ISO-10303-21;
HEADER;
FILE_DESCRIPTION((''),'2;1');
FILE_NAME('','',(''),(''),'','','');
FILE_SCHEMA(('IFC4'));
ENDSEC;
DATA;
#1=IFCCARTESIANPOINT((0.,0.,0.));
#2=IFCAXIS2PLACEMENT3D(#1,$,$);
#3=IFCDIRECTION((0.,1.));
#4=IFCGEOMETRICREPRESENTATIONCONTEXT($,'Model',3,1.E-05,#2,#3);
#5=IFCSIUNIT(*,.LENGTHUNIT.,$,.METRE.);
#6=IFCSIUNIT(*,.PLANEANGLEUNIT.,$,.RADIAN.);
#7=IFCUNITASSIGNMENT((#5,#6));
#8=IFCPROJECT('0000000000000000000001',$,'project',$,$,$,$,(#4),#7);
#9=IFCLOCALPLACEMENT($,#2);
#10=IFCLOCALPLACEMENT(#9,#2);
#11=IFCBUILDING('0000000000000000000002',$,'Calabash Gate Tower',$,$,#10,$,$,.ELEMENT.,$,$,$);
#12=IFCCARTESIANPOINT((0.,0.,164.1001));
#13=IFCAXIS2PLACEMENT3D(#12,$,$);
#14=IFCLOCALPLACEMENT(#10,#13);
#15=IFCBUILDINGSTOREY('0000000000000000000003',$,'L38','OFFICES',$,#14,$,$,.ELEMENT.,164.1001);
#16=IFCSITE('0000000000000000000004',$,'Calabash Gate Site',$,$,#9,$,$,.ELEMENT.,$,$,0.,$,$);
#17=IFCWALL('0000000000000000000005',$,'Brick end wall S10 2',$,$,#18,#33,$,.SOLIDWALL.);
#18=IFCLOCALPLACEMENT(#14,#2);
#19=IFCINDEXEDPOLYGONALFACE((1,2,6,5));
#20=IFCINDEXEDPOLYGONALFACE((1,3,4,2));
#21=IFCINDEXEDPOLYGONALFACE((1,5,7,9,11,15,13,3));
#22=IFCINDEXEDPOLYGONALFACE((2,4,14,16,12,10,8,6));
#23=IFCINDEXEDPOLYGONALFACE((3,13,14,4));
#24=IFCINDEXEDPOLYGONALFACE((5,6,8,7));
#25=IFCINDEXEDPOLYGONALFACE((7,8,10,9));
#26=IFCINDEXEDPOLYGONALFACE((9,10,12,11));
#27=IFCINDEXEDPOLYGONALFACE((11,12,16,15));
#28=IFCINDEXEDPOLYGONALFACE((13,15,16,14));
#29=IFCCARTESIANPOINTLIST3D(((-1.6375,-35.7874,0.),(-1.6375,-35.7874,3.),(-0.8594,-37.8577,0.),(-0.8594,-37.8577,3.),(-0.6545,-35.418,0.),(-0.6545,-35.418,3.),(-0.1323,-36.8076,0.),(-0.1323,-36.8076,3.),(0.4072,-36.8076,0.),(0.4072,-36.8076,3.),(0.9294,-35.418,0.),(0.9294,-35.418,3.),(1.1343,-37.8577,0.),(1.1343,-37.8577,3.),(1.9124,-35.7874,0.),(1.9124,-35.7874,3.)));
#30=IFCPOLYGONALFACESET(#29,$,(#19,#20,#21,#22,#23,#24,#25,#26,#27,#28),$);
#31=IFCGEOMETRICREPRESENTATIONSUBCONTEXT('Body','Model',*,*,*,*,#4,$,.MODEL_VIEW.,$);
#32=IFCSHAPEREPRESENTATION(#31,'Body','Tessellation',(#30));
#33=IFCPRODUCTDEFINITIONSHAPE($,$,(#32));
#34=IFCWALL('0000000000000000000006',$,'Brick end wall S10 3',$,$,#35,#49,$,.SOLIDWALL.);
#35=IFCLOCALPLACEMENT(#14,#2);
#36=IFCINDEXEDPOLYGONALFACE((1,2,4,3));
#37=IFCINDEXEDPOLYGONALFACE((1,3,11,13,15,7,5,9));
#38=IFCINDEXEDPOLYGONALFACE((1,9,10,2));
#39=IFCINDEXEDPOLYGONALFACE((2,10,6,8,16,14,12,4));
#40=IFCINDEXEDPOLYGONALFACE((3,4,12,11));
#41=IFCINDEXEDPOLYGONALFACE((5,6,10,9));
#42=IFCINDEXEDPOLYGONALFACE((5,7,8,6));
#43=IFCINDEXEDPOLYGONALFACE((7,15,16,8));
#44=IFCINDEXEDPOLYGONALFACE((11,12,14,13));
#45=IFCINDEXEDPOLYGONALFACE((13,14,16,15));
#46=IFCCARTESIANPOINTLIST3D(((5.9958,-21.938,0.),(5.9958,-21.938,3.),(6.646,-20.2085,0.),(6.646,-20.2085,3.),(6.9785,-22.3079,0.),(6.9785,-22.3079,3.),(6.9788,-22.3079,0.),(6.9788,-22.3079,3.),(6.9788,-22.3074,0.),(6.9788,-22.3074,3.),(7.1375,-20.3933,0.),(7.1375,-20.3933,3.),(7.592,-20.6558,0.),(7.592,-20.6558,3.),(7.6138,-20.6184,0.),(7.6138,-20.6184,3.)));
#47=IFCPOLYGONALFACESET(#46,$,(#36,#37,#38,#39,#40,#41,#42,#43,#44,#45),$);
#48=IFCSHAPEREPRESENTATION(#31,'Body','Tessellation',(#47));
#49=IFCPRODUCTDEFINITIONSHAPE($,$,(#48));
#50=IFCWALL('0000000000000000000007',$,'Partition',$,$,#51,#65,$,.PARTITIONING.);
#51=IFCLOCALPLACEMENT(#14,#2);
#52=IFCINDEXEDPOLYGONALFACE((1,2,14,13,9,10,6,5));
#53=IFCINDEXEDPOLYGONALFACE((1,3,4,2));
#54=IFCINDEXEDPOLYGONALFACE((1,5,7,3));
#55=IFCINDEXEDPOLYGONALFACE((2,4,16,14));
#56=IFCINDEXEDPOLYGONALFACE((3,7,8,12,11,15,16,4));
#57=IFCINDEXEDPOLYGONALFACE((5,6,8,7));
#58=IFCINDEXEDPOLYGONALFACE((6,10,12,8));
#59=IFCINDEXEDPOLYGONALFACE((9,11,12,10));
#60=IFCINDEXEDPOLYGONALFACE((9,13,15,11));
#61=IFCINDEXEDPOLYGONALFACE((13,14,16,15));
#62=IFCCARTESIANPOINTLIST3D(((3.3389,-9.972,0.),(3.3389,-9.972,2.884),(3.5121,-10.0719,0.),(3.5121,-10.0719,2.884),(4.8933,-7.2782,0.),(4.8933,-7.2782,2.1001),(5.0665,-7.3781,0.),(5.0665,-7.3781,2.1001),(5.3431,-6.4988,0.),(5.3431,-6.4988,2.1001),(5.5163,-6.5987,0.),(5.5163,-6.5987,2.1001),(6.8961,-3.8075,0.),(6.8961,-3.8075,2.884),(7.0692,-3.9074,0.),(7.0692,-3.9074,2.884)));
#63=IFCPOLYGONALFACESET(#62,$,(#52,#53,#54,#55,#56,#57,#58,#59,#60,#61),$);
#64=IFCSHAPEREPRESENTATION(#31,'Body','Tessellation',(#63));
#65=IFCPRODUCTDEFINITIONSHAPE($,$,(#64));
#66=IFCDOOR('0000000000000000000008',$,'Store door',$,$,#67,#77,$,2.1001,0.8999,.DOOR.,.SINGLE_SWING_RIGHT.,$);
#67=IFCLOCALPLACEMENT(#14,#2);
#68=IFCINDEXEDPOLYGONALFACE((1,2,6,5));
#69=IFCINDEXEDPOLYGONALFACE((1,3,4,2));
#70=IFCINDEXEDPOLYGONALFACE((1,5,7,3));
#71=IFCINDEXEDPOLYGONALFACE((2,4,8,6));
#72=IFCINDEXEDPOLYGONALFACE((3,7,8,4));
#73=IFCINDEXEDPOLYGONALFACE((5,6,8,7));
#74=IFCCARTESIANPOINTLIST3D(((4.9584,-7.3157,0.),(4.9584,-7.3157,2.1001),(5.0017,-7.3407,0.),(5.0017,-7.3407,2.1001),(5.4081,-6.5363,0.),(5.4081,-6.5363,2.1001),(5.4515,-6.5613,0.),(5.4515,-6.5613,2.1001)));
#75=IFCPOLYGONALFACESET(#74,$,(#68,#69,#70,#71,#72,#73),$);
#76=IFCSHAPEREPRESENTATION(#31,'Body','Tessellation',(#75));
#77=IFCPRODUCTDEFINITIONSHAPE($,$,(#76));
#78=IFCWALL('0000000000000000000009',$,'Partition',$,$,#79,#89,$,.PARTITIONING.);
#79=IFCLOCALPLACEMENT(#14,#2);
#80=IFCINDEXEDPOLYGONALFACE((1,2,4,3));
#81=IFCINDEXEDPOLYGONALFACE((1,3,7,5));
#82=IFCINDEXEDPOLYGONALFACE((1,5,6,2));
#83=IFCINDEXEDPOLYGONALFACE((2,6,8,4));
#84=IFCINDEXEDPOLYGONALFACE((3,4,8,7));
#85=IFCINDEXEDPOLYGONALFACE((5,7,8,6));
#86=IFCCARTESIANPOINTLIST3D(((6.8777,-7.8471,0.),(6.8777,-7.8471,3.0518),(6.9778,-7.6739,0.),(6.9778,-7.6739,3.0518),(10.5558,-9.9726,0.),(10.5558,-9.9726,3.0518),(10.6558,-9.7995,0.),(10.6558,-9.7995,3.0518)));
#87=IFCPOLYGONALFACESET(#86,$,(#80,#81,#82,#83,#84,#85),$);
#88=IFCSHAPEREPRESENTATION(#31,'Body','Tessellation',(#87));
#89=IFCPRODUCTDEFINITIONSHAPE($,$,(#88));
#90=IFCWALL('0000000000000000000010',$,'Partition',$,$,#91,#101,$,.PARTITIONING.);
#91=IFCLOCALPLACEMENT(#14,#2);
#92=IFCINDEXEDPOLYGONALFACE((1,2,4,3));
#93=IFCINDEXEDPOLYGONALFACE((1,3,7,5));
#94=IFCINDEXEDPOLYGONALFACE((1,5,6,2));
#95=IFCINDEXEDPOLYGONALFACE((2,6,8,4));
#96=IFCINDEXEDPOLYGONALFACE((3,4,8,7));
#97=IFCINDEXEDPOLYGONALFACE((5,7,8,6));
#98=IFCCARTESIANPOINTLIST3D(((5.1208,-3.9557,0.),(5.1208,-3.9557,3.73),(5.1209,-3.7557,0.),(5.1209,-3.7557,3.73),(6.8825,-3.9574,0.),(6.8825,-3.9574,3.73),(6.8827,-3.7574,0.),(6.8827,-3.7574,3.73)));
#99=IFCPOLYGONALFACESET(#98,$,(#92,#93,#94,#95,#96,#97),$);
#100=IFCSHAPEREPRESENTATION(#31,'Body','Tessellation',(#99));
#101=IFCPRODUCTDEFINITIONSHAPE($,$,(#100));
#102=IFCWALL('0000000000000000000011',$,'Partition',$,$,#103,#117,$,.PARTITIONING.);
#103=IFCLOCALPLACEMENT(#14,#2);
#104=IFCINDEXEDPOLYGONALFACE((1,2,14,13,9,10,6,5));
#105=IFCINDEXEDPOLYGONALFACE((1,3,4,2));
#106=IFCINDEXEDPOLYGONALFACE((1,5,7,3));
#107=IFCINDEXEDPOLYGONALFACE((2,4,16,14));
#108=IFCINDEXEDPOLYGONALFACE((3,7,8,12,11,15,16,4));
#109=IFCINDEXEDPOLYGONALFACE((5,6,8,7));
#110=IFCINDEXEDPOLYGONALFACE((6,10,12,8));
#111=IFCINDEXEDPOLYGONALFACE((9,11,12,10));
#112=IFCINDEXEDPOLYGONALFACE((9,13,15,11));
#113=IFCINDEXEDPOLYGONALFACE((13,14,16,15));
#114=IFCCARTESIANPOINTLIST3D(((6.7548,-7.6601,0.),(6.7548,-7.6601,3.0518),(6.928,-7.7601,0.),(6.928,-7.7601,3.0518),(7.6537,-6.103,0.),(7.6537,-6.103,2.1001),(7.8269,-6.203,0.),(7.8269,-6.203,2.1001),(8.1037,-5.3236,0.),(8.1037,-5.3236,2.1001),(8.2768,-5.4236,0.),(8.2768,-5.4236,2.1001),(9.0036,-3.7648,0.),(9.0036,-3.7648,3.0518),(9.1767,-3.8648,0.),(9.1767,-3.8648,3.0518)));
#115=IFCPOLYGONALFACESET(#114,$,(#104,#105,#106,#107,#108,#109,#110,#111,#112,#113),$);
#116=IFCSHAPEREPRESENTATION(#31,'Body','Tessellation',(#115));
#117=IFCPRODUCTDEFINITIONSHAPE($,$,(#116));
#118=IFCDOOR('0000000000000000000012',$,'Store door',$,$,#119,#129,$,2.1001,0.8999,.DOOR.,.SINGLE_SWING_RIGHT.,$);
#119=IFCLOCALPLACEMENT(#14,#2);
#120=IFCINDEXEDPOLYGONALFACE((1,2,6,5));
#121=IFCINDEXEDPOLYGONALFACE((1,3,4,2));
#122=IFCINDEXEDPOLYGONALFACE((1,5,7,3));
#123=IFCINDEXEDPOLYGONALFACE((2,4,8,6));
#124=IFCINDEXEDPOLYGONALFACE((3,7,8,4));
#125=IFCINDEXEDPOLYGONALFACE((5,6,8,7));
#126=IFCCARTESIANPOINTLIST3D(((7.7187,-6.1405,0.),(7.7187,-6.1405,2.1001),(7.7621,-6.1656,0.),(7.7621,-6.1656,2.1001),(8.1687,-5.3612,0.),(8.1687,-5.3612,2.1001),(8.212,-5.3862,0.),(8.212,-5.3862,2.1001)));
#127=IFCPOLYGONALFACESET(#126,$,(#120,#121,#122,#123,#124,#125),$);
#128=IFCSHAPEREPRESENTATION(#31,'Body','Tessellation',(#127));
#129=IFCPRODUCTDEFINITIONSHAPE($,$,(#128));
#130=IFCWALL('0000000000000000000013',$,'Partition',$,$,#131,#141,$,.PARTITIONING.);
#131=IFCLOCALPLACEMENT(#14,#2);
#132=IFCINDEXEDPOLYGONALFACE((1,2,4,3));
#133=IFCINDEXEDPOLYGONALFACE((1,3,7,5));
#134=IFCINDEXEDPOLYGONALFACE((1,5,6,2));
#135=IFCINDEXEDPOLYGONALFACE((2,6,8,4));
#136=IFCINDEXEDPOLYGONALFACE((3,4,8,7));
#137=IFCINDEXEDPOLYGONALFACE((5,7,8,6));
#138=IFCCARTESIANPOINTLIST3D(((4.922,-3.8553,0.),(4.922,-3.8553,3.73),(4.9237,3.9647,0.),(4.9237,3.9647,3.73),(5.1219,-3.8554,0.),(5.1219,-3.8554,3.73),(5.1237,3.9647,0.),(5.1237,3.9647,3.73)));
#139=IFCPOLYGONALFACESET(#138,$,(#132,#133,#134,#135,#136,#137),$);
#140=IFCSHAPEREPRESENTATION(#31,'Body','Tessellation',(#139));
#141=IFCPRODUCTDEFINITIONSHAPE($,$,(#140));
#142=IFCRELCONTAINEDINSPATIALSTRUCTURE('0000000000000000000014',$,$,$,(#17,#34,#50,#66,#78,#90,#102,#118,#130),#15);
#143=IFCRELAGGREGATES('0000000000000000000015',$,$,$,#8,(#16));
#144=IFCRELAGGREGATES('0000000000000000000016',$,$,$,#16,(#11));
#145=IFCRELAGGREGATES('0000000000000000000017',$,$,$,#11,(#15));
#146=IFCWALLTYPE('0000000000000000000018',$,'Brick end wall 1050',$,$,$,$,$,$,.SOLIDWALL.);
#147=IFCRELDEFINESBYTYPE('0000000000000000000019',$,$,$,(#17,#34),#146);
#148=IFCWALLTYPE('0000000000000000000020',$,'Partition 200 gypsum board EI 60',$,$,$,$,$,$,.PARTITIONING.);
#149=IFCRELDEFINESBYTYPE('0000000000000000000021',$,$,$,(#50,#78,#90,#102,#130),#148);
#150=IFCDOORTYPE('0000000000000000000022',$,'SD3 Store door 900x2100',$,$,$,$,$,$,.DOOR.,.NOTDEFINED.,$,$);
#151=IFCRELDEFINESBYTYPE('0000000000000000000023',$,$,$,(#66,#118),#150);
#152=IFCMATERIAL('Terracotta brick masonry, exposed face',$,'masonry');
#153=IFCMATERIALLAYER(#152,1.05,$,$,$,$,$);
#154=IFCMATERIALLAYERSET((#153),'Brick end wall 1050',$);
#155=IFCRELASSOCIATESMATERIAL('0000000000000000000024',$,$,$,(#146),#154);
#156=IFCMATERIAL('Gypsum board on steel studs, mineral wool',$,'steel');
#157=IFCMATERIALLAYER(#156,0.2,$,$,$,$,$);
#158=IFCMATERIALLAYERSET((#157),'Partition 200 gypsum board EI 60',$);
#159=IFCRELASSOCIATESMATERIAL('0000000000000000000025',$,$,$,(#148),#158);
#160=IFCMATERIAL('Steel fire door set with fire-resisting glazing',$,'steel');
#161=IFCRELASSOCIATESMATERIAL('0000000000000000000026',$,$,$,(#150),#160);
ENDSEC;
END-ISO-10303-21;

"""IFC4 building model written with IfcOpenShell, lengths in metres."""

from ifc_helpers import new_model, si_unit, direction, frame, frame_2d, origin, place, context, subcontext, project, spatial, polyline, rectangle, outline, extrude, material, layer, layer_set, type_object, element, fill, save


model = new_model("IFC4")

# Units and contexts
model_context = context("Model", 3, precision=1e-05, world=origin(), true_north=direction((0.0, 1.0)))
body_context = subcontext(model_context, "Body", "Model", "MODEL_VIEW")
ifc_project = project(units=[si_unit("LENGTHUNIT", "METRE"), si_unit("PLANEANGLEUNIT", "RADIAN")], contexts=[model_context])

# Site, building, storey
site_placement = place(None, origin())
site = spatial("IfcSite", under=ifc_project, at=site_placement, Name="Calabash Gate Site", CompositionType="ELEMENT", RefElevation=0.0)
building_placement = place(site_placement, origin())
building = spatial("IfcBuilding", under=site, at=building_placement, Name="Calabash Gate Tower", CompositionType="ELEMENT")
storey_placement = place(building_placement, frame((0.0, 0.0, 164.1001)))
storey = spatial("IfcBuildingStorey", under=building, at=storey_placement, Name="L38", Description="OFFICES", CompositionType="ELEMENT", Elevation=164.1001)

# Walls
ifc_material_1 = material(Name="Terracotta brick masonry, exposed face", Category="masonry")
ifc_layer_1 = layer(ifc_material_1, 1.05)
ifc_layer_set_1 = layer_set([ifc_layer_1], Name="Brick end wall 1050")
wall_type_1 = type_object("IfcWallType", Name="Brick end wall 1050", PredefinedType="SOLIDWALL", material=ifc_layer_set_1)
wall_1_placement = place(storey_placement, origin())
element("IfcWall", 1, at=wall_1_placement, inside=storey, type_object=wall_type_1, Name="Brick end wall S10 2", PredefinedType="SOLIDWALL", context=body_context, shape_type="SweptSolid", body=[
    extrude(outline(polyline([(-0.1323, -36.8076), (-0.6545, -35.418), (-1.6375, -35.7874), (-0.8594, -37.8577), (1.1343, -37.8577), (1.9124, -35.7874), (0.9294, -35.418), (0.4072, -36.8076), (-0.1323, -36.8076)])), origin(), (0.0, 0.0, 1.0), 3.0),
])
wall_2_placement = place(storey_placement, origin())
element("IfcWall", 2, at=wall_2_placement, inside=storey, type_object=wall_type_1, Name="Brick end wall S10 3", PredefinedType="SOLIDWALL", context=body_context, shape_type="SweptSolid", body=[
    extrude(outline(polyline([(6.9788, -22.3074), (6.9785, -22.3079), (6.9788, -22.3079), (7.6138, -20.6184), (7.592, -20.6558), (7.1375, -20.3933), (6.646, -20.2085), (5.9958, -21.938), (6.9788, -22.3074)])), origin(), (0.0, 0.0, 1.0), 3.0),
])

# Wall, opening, door
ifc_material_2 = material(Name="Gypsum board on steel studs, mineral wool", Category="steel")
ifc_layer_2 = layer(ifc_material_2, 0.2)
ifc_layer_set_2 = layer_set([ifc_layer_2], Name="Partition 200 gypsum board EI 60")
wall_type_2 = type_object("IfcWallType", Name="Partition 200 gypsum board EI 60", PredefinedType="PARTITIONING", material=ifc_layer_set_2)
wall_3_placement = place(storey_placement, frame((3.4255, -10.022, 0.0), z_axis=(0.0, 0.0, 1.0), x_axis=(0.499792, 0.866146, 0.0)))
wall_3 = element("IfcWall", 3, at=wall_3_placement, inside=storey, type_object=wall_type_2, Name="Partition", PredefinedType="PARTITIONING", context=body_context, shape_type="SweptSolid", body=[
    extrude(rectangle(XDim=7.1172, YDim=0.2, at=frame_2d((3.5586, 0.0))), origin(), (0.0, 0.0, 1.0), 2.884),
])
opening_1_placement = place(wall_3_placement, frame((3.1101, 0.0, 0.0)))
opening_1 = element("IfcOpeningElement", 4, at=opening_1_placement, cuts=wall_3, PredefinedType="OPENING", context=body_context, shape_type="SweptSolid", body=[
    extrude(rectangle(XDim=0.8999, YDim=2.1001, at=frame_2d((0.45, 1.05))), frame((0.0, 0.1099, 0.0), z_axis=(0.0, -1.0, 0.0), x_axis=(1.0, 0.0, 0.0)), (0.0, 0.0, 1.0), 0.22),
])
ifc_material_3 = material(Name="Steel fire door set with fire-resisting glazing", Category="steel")
door_type = type_object("IfcDoorType", Name="SD3 Store door 900x2100", OperationType="NOTDEFINED", PredefinedType="DOOR", material=ifc_material_3)
door_1_placement = place(opening_1_placement, origin())
door_1 = element("IfcDoor", 5, at=door_1_placement, inside=storey, type_object=door_type, Name="Store door", OperationType="SINGLE_SWING_RIGHT", OverallHeight=2.1001, OverallWidth=0.8999, PredefinedType="DOOR", context=body_context, shape_type="SweptSolid", body=[
    extrude(rectangle(XDim=0.8999, YDim=2.1001, at=frame_2d((0.45, 1.05))), frame((0.0, 0.0249, 0.0), z_axis=(0.0, -1.0, 0.0), x_axis=(1.0, 0.0, 0.0)), (0.0, 0.0, 1.0), 0.05),
])
fill(opening_1, door_1)

# Walls
wall_4_placement = place(storey_placement, frame((6.9277, -7.7605, 0.0), z_axis=(0.0, 0.0, 1.0), x_axis=(0.865821, -0.500354, 0.0)))
element("IfcWall", 6, at=wall_4_placement, inside=storey, type_object=wall_type_2, Name="Partition", PredefinedType="PARTITIONING", context=body_context, shape_type="SweptSolid", body=[
    extrude(rectangle(XDim=4.248, YDim=0.2, at=frame_2d((2.124, 0.0))), origin(), (0.0, 0.0, 1.0), 3.0518),
])
wall_5_placement = place(storey_placement, frame((5.1208, -3.8557, 0.0), z_axis=(0.0, 0.0, 1.0), x_axis=(1.0, -0.00097, 0.0)))
element("IfcWall", 7, at=wall_5_placement, inside=storey, type_object=wall_type_2, Name="Partition", PredefinedType="PARTITIONING", context=body_context, shape_type="SweptSolid", body=[
    extrude(rectangle(XDim=1.7617, YDim=0.2, at=frame_2d((0.8809, 0.0))), origin(), (0.0, 0.0, 1.0), 3.73),
])

# Wall, opening, door
wall_6_placement = place(storey_placement, frame((6.8413, -7.7102, 0.0), z_axis=(0.0, 0.0, 1.0), x_axis=(0.499975, 0.86604, 0.0)))
wall_6 = element("IfcWall", 8, at=wall_6_placement, inside=storey, type_object=wall_type_2, Name="Partition", PredefinedType="PARTITIONING", context=body_context, shape_type="SweptSolid", body=[
    extrude(rectangle(XDim=4.4978, YDim=0.2, at=frame_2d((2.249, 0.0))), origin(), (0.0, 0.0, 1.0), 3.0518),
])
opening_2_placement = place(wall_6_placement, frame((1.7981, 0.0, 0.0)))
opening_2 = element("IfcOpeningElement", 9, at=opening_2_placement, cuts=wall_6, PredefinedType="OPENING", context=body_context, shape_type="SweptSolid", body=[
    extrude(rectangle(XDim=0.8999, YDim=2.1001, at=frame_2d((0.45, 1.05))), frame((0.0, 0.1099, 0.0), z_axis=(0.0, -1.0, 0.0), x_axis=(1.0, 0.0, 0.0)), (0.0, 0.0, 1.0), 0.22),
])
door_2_placement = place(opening_2_placement, origin())
door_2 = element("IfcDoor", 10, at=door_2_placement, inside=storey, type_object=door_type, Name="Store door", OperationType="SINGLE_SWING_RIGHT", OverallHeight=2.1001, OverallWidth=0.8999, PredefinedType="DOOR", context=body_context, shape_type="SweptSolid", body=[
    extrude(rectangle(XDim=0.8999, YDim=2.1001, at=frame_2d((0.45, 1.05))), frame((0.0, 0.0249, 0.0), z_axis=(0.0, -1.0, 0.0), x_axis=(1.0, 0.0, 0.0)), (0.0, 0.0, 1.0), 0.05),
])
fill(opening_2, door_2)

# Wall
wall_7_placement = place(storey_placement, frame((5.022, -3.8555, 0.0), z_axis=(0.0, 0.0, 1.0), x_axis=(0.000219, 1.0, 0.0)))
element("IfcWall", 11, at=wall_7_placement, inside=storey, type_object=wall_type_2, Name="Partition", PredefinedType="PARTITIONING", context=body_context, shape_type="SweptSolid", body=[
    extrude(rectangle(XDim=7.8201, YDim=0.2, at=frame_2d((3.9102, 0.0))), origin(), (0.0, 0.0, 1.0), 3.73),
])

save(model, "model.ifc")
